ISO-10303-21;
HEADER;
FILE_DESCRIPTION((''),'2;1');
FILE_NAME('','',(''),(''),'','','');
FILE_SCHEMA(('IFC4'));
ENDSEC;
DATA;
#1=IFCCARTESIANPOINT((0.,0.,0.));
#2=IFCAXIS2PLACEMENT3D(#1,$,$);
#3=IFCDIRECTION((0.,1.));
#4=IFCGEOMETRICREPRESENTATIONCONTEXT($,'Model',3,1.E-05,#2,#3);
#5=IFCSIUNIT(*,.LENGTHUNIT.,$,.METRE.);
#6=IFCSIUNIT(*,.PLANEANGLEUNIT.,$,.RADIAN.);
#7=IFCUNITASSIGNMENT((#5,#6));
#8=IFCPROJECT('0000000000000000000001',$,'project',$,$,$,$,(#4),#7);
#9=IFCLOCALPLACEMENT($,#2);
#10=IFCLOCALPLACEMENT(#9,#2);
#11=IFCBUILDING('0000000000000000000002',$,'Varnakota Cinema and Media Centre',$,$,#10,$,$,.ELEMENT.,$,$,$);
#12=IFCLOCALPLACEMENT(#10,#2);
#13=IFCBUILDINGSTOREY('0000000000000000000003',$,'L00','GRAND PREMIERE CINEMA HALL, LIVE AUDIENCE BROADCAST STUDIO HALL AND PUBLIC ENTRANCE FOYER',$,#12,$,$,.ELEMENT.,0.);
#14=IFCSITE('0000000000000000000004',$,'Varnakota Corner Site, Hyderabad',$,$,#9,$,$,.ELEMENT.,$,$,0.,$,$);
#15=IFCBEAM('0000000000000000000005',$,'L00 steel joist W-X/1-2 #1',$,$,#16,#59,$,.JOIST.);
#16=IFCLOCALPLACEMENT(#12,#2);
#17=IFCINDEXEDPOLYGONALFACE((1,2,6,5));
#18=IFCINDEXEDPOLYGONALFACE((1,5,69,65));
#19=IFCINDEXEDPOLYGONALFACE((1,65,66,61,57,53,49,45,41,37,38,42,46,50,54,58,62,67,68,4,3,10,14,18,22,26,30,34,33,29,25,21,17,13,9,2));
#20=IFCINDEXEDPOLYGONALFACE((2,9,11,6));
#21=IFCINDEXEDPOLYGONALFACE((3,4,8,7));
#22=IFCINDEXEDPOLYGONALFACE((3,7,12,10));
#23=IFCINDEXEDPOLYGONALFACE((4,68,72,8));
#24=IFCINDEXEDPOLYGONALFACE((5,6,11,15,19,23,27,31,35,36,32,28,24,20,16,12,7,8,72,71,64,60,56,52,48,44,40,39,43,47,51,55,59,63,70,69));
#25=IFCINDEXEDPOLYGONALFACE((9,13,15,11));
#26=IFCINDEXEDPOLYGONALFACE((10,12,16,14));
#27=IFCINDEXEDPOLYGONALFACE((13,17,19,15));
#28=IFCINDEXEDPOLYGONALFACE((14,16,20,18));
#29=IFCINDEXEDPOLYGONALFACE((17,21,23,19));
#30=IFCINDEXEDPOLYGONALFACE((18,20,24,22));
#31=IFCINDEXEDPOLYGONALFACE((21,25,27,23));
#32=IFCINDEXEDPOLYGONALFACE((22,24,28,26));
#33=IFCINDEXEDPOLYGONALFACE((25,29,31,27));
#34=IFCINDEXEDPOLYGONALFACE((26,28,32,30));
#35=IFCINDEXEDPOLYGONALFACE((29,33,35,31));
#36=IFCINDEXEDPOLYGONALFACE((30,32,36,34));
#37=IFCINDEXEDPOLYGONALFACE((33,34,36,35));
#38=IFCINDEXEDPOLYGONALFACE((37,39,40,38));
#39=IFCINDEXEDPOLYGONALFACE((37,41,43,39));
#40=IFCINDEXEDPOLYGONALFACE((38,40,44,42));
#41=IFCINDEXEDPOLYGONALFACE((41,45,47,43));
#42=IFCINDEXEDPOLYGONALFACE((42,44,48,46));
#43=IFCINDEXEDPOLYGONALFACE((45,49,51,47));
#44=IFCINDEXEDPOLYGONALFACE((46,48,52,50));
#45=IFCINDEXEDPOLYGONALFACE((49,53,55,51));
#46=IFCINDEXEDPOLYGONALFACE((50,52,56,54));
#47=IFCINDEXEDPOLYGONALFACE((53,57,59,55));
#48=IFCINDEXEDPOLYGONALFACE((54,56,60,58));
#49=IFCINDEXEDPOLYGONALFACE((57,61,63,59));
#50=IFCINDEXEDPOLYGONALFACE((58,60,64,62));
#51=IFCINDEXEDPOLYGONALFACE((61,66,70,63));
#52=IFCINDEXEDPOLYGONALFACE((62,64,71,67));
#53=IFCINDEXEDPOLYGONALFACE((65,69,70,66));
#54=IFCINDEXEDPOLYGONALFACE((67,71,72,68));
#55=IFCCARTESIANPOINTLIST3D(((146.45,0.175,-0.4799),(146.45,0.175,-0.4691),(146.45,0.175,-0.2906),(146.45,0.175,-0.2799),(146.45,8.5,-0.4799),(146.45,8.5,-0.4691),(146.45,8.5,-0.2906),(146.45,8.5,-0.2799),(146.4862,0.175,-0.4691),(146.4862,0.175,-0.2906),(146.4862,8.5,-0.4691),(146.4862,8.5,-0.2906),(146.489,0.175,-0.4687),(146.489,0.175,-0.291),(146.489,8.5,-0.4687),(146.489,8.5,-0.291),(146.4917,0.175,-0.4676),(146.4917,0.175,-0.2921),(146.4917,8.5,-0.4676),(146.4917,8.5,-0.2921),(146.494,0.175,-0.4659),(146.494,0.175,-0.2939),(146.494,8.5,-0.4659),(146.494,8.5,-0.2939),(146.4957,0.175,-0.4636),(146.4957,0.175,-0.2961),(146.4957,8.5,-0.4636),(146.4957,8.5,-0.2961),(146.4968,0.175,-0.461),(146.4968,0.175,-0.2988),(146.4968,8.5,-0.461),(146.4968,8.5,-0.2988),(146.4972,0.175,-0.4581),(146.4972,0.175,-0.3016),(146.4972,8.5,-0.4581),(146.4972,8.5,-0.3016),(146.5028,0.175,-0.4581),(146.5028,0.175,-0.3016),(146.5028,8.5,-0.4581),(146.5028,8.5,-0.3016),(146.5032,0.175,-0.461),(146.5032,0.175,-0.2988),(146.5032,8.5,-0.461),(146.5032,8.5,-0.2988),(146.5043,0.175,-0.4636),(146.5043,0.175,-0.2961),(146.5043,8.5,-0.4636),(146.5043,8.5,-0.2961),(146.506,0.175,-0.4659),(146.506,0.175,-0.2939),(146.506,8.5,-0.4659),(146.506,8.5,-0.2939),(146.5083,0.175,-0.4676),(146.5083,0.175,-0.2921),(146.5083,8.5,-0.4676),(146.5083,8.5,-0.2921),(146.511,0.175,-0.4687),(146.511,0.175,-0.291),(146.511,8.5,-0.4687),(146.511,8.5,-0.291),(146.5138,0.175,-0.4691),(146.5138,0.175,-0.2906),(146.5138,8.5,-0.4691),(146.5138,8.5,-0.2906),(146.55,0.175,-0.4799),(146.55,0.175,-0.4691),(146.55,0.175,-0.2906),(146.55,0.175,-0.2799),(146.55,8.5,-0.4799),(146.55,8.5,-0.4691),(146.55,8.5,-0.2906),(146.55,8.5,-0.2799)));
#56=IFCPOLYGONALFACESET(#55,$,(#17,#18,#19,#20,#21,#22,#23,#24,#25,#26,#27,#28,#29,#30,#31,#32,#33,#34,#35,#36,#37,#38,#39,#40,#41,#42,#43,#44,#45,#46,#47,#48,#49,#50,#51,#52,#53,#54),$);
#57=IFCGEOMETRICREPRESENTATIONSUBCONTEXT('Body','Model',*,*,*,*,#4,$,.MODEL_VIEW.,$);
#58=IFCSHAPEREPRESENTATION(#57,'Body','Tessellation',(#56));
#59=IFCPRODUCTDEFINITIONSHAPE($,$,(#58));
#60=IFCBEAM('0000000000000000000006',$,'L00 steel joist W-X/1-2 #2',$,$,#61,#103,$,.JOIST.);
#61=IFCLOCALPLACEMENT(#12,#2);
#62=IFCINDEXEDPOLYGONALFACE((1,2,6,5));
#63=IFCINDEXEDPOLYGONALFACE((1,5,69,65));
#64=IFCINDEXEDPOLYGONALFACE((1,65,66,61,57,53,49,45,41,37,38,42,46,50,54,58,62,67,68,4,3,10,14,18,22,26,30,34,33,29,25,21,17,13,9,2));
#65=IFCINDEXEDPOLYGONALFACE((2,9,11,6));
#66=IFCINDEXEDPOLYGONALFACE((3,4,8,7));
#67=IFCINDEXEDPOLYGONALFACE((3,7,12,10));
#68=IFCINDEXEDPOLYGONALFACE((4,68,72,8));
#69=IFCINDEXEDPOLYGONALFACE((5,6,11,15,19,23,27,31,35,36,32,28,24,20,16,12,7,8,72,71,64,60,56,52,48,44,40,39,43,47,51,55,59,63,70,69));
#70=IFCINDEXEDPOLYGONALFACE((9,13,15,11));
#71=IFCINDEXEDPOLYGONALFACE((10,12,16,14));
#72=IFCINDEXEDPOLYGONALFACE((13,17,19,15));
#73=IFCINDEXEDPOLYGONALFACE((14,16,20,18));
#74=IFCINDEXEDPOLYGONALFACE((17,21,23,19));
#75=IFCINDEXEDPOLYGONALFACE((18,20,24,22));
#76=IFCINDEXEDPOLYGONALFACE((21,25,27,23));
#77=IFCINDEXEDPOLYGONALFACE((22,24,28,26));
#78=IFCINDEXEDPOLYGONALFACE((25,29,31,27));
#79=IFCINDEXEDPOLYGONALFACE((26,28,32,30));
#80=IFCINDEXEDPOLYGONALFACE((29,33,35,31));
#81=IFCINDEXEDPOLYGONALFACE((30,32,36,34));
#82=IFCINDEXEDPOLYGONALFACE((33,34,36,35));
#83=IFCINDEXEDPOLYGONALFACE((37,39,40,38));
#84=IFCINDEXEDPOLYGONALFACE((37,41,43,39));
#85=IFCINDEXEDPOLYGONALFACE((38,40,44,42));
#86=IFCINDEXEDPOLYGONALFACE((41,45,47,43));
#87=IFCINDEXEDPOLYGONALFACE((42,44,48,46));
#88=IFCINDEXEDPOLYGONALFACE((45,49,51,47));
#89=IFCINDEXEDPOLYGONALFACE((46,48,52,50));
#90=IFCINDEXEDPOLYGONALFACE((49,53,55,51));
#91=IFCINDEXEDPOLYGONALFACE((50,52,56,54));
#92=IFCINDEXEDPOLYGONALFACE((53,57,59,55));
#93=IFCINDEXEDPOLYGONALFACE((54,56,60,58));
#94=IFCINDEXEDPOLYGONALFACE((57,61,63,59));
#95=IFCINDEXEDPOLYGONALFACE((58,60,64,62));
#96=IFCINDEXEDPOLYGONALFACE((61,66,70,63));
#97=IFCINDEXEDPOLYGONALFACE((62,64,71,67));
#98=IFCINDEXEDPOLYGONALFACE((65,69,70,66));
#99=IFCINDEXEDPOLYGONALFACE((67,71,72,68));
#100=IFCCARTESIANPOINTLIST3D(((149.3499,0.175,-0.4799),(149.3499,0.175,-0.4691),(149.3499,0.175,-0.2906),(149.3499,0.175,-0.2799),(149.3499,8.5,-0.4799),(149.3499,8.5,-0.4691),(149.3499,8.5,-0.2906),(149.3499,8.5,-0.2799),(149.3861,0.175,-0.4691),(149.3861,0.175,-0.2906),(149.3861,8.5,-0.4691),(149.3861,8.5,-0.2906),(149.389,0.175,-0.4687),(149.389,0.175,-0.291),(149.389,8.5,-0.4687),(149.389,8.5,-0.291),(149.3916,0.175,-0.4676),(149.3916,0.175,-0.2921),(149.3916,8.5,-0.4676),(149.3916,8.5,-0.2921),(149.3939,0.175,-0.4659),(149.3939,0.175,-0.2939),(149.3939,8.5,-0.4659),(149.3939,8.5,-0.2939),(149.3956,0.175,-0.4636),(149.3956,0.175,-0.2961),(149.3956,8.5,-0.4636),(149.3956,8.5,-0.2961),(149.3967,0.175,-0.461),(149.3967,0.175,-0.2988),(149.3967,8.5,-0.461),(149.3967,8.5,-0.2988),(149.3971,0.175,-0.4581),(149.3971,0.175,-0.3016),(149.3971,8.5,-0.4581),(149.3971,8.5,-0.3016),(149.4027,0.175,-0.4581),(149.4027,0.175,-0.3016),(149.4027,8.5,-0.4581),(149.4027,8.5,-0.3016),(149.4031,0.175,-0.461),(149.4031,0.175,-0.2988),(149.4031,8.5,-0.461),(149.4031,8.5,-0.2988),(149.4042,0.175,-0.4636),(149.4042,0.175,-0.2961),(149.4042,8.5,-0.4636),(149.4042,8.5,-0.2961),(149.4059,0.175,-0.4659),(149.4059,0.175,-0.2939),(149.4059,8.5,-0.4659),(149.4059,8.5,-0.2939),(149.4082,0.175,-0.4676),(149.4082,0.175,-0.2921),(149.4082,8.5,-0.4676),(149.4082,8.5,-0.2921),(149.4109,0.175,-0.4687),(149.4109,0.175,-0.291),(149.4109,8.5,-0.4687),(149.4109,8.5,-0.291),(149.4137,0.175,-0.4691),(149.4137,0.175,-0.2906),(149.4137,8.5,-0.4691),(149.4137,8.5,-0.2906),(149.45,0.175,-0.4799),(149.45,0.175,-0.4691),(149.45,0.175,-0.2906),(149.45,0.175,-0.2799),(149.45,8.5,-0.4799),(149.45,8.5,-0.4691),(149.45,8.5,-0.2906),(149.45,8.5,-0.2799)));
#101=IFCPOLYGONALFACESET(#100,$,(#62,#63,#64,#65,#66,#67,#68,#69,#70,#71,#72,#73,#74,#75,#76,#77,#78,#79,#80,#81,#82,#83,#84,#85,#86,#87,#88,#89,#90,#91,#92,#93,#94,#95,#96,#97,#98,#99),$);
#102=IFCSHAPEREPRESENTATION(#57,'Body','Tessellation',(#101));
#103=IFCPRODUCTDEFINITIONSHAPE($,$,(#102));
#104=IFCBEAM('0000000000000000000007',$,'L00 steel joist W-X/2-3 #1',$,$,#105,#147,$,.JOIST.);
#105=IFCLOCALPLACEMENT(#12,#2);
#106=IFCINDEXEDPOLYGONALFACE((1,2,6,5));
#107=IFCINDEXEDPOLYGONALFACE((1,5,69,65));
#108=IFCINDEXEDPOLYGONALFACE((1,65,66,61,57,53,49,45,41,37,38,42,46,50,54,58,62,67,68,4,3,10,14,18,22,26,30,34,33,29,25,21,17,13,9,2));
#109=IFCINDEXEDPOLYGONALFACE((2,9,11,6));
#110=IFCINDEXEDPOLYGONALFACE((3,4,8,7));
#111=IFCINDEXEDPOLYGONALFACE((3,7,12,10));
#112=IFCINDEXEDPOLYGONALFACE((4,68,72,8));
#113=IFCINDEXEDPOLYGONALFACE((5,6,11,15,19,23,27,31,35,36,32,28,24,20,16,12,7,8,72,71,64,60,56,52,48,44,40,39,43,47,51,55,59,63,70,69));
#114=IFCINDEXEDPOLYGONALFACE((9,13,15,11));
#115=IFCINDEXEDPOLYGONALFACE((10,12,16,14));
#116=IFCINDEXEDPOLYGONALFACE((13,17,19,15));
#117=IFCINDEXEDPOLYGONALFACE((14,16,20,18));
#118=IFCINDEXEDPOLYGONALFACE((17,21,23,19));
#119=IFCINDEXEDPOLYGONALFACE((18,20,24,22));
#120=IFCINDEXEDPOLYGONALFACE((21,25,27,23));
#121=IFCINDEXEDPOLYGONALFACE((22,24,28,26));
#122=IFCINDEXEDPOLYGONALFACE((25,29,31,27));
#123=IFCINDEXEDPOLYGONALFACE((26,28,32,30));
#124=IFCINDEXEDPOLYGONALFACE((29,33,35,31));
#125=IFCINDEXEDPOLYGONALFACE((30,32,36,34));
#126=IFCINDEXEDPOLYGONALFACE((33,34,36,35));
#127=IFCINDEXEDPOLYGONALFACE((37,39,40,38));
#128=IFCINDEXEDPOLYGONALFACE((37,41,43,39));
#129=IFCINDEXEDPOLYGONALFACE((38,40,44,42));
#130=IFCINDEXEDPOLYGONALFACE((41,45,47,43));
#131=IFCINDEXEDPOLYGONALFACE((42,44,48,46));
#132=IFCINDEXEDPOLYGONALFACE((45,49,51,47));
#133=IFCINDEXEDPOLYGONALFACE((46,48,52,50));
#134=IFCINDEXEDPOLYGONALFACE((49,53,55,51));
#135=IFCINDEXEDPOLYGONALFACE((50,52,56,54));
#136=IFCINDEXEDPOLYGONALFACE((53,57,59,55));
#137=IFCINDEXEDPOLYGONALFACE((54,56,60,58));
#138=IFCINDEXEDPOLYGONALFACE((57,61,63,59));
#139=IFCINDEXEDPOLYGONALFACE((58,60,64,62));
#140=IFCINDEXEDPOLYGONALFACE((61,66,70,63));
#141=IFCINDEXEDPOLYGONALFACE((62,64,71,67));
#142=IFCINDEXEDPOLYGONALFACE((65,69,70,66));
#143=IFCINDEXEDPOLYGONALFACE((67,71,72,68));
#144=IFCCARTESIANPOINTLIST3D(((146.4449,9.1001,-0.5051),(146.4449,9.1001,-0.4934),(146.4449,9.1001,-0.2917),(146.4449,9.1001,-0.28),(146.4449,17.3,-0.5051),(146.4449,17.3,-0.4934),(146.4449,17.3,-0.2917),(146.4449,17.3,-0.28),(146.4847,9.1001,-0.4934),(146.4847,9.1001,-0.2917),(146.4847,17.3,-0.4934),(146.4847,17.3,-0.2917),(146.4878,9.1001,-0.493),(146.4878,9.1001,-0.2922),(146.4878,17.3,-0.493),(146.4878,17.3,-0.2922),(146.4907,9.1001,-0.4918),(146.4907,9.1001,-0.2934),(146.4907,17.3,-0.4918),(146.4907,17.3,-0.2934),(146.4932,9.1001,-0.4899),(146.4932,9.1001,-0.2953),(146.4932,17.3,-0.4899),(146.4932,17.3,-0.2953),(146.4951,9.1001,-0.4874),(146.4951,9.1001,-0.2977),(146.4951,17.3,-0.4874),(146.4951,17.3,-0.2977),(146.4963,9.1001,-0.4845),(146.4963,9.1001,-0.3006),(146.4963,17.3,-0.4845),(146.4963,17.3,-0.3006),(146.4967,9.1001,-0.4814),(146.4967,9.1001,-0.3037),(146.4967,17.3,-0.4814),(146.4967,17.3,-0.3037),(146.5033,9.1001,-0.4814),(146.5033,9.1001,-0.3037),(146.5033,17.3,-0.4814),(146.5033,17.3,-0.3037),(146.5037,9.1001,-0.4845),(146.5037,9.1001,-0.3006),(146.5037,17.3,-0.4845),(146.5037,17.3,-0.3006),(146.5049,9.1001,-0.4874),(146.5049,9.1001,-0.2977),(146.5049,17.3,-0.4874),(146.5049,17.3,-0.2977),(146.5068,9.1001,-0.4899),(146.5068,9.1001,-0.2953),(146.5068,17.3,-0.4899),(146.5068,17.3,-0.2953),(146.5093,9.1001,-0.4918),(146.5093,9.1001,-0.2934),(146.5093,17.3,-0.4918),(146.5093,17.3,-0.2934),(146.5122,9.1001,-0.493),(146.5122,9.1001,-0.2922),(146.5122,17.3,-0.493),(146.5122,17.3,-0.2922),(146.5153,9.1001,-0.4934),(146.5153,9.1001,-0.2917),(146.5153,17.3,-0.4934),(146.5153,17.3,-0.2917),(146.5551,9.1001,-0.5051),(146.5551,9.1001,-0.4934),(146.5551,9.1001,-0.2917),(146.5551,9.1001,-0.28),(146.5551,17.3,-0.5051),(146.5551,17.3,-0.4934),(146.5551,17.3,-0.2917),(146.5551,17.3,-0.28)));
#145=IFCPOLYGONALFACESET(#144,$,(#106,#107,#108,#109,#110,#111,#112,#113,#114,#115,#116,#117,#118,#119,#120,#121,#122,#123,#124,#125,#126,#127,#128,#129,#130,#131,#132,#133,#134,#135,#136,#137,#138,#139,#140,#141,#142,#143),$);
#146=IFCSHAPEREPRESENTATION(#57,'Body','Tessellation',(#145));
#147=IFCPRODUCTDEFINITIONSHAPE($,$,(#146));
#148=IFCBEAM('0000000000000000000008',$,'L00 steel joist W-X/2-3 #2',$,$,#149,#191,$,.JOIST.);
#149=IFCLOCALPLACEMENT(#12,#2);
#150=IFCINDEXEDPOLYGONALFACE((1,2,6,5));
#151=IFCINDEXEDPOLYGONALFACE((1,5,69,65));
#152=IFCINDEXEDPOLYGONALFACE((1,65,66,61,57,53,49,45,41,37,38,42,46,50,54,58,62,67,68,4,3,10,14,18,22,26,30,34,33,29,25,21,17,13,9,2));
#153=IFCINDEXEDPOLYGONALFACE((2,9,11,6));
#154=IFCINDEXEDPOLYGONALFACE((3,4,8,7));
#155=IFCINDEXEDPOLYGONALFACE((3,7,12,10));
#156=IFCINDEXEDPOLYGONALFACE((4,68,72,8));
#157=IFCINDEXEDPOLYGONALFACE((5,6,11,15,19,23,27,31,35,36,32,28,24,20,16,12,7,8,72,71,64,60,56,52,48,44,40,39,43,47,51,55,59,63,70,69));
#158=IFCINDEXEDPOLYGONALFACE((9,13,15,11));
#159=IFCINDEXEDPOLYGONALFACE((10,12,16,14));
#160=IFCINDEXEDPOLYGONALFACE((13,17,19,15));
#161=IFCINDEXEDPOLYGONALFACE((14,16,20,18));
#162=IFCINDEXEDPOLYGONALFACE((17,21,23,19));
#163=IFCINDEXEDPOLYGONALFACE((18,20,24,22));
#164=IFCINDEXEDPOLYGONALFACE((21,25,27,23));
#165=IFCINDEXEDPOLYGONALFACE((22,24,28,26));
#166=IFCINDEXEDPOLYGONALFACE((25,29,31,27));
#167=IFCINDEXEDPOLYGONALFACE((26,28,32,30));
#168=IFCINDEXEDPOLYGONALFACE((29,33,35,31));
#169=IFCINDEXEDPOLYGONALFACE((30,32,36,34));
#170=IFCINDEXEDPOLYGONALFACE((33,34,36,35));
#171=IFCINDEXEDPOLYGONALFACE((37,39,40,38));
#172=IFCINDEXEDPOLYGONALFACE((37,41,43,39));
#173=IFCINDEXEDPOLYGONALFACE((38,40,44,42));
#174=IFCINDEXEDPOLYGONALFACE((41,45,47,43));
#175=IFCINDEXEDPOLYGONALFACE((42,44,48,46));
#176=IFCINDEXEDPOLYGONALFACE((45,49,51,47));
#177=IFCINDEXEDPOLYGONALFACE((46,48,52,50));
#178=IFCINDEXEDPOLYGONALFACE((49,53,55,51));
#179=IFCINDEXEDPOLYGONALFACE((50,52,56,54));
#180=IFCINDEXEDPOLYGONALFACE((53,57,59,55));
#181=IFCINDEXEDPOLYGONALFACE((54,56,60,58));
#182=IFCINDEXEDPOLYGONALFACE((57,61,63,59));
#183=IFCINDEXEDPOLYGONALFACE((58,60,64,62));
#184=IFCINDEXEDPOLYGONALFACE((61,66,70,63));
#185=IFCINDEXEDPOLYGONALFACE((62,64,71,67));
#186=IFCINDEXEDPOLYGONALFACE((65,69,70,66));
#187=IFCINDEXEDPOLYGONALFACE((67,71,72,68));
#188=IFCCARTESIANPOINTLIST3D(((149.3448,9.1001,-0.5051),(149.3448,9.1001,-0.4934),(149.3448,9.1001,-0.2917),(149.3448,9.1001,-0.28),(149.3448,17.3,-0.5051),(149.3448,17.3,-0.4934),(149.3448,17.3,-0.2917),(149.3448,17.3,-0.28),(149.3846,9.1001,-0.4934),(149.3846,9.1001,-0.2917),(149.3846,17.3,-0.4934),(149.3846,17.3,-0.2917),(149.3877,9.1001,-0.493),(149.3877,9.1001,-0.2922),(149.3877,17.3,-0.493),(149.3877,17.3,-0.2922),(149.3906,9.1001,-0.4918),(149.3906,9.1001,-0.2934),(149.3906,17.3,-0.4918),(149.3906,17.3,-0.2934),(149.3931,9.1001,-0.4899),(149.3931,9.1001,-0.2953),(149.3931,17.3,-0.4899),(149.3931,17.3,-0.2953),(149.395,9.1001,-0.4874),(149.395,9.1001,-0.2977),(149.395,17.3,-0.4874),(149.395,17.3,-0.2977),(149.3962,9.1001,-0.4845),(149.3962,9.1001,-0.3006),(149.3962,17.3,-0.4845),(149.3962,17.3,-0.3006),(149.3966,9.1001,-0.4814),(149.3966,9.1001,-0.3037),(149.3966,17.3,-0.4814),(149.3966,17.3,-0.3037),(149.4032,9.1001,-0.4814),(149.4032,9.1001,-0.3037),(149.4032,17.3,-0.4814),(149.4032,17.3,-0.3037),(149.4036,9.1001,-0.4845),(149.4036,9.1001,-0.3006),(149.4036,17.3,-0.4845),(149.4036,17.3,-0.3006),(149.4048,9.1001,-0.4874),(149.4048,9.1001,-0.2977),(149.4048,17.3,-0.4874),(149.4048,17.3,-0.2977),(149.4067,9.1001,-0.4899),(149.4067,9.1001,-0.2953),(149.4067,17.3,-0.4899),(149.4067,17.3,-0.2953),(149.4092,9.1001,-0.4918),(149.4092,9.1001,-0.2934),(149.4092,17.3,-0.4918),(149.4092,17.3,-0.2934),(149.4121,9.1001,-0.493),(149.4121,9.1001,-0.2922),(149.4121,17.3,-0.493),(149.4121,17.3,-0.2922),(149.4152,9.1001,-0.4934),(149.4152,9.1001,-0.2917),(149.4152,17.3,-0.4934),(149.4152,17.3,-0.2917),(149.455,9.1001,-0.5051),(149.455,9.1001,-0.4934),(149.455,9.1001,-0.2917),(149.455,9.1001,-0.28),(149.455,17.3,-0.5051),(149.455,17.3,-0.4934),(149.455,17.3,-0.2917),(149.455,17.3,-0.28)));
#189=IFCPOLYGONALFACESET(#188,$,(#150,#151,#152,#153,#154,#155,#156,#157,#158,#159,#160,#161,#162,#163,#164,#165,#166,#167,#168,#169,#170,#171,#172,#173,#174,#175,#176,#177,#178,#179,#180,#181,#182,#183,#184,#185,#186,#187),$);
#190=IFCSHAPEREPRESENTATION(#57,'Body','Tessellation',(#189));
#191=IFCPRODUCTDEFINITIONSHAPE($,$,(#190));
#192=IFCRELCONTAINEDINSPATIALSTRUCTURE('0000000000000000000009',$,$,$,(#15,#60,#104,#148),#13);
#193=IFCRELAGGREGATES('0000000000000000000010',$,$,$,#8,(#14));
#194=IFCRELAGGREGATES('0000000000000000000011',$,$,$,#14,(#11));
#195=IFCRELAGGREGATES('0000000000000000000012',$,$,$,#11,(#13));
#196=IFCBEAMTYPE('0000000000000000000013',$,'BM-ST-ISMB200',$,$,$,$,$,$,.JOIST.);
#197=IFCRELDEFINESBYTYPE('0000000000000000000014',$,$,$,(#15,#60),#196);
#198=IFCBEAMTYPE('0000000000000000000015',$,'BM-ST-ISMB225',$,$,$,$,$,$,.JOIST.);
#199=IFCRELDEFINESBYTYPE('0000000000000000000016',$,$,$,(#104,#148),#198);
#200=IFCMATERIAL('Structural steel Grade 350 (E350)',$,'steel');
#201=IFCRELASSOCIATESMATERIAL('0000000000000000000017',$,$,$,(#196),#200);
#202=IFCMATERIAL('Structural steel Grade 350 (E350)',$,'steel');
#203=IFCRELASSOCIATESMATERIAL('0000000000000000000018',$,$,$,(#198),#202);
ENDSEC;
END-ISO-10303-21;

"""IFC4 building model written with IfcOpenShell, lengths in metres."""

from ifc_helpers import new_model, si_unit, direction, frame, origin, origin_2d, place, context, subcontext, project, spatial, i_section, extrude, material, material_profile, profile_set, type_object, element, save


model = new_model("IFC4")

# Units and contexts
model_context = context("Model", 3, precision=1e-05, world=origin(), true_north=direction((0.0, 1.0)))
body_context = subcontext(model_context, "Body", "Model", "MODEL_VIEW")
ifc_project = project(units=[si_unit("LENGTHUNIT", "METRE"), si_unit("PLANEANGLEUNIT", "RADIAN")], contexts=[model_context])

# Site, building, storey
site_placement = place(None, origin())
site = spatial("IfcSite", under=ifc_project, at=site_placement, Name="Varnakota Corner Site, Hyderabad", CompositionType="ELEMENT", RefElevation=0.0)
building_placement = place(site_placement, origin())
building = spatial("IfcBuilding", under=site, at=building_placement, Name="Varnakota Cinema and Media Centre", CompositionType="ELEMENT")
storey_placement = place(building_placement, origin())
storey = spatial("IfcBuildingStorey", under=building, at=storey_placement, Name="L00", Description="GRAND PREMIERE CINEMA HALL, LIVE AUDIENCE BROADCAST STUDIO HALL AND PUBLIC ENTRANCE FOYER", CompositionType="ELEMENT", Elevation=0.0)

# Beams
ifc_material_1 = material(Name="Structural steel Grade 350 (E350)", Category="steel")
ifc_material_profile_1 = material_profile(ifc_material_1, i_section(OverallWidth=0.1001, OverallDepth=0.2, WebThickness=0.0056, FlangeThickness=0.0107, FilletRadius=0.011, at=origin_2d()), Name="ISMB 200")
ifc_profile_set_1 = profile_set([ifc_material_profile_1], Name="Structural steel Grade 350 (E350)")
beam_type_1 = type_object("IfcBeamType", Name="BM-ST-ISMB200", PredefinedType="JOIST", material=ifc_profile_set_1)
for number, where, z_axis, x_axis, name in (
    (1, (146.5, 0.175, -0.3799), (0.0, 1.0, 0.0), (-1.0, 0.0, 0.0), "L00 steel joist W-X/1-2 #1"),
    (2, (149.3999, 0.175, -0.3799), (0.0, 1.0, 0.0), (-1.0, 0.0, 0.0), "L00 steel joist W-X/1-2 #2"),
):
    element("IfcBeam", number, at=place(storey_placement, frame(where, z_axis=z_axis, x_axis=x_axis)), inside=storey, type_object=beam_type_1, Name=name, PredefinedType="JOIST", context=body_context, shape_type="SweptSolid", body=[
        extrude(i_section(OverallWidth=0.1001, OverallDepth=0.2, WebThickness=0.0056, FlangeThickness=0.0107, FilletRadius=0.011, at=origin_2d()), origin(), (0.0, 0.0, 1.0), 8.325),
    ])
ifc_material_2 = material(Name="Structural steel Grade 350 (E350)", Category="steel")
ifc_material_profile_2 = material_profile(ifc_material_2, i_section(OverallWidth=0.1101, OverallDepth=0.2251, WebThickness=0.0066, FlangeThickness=0.0117, FilletRadius=0.012, at=origin_2d()), Name="ISMB 225")
ifc_profile_set_2 = profile_set([ifc_material_profile_2], Name="Structural steel Grade 350 (E350)")
beam_type_2 = type_object("IfcBeamType", Name="BM-ST-ISMB225", PredefinedType="JOIST", material=ifc_profile_set_2)
for number, where, z_axis, x_axis, name in (
    (3, (146.5, 9.1001, -0.3926), (0.0, 1.0, 0.0), (-1.0, 0.0, 0.0), "L00 steel joist W-X/2-3 #1"),
    (4, (149.3999, 9.1001, -0.3926), (0.0, 1.0, 0.0), (-1.0, 0.0, 0.0), "L00 steel joist W-X/2-3 #2"),
):
    element("IfcBeam", number, at=place(storey_placement, frame(where, z_axis=z_axis, x_axis=x_axis)), inside=storey, type_object=beam_type_2, Name=name, PredefinedType="JOIST", context=body_context, shape_type="SweptSolid", body=[
        extrude(i_section(OverallWidth=0.1101, OverallDepth=0.2251, WebThickness=0.0066, FlangeThickness=0.0117, FilletRadius=0.012, at=origin_2d()), origin(), (0.0, 0.0, 1.0), 8.2),
    ])

save(model, "model.ifc")
